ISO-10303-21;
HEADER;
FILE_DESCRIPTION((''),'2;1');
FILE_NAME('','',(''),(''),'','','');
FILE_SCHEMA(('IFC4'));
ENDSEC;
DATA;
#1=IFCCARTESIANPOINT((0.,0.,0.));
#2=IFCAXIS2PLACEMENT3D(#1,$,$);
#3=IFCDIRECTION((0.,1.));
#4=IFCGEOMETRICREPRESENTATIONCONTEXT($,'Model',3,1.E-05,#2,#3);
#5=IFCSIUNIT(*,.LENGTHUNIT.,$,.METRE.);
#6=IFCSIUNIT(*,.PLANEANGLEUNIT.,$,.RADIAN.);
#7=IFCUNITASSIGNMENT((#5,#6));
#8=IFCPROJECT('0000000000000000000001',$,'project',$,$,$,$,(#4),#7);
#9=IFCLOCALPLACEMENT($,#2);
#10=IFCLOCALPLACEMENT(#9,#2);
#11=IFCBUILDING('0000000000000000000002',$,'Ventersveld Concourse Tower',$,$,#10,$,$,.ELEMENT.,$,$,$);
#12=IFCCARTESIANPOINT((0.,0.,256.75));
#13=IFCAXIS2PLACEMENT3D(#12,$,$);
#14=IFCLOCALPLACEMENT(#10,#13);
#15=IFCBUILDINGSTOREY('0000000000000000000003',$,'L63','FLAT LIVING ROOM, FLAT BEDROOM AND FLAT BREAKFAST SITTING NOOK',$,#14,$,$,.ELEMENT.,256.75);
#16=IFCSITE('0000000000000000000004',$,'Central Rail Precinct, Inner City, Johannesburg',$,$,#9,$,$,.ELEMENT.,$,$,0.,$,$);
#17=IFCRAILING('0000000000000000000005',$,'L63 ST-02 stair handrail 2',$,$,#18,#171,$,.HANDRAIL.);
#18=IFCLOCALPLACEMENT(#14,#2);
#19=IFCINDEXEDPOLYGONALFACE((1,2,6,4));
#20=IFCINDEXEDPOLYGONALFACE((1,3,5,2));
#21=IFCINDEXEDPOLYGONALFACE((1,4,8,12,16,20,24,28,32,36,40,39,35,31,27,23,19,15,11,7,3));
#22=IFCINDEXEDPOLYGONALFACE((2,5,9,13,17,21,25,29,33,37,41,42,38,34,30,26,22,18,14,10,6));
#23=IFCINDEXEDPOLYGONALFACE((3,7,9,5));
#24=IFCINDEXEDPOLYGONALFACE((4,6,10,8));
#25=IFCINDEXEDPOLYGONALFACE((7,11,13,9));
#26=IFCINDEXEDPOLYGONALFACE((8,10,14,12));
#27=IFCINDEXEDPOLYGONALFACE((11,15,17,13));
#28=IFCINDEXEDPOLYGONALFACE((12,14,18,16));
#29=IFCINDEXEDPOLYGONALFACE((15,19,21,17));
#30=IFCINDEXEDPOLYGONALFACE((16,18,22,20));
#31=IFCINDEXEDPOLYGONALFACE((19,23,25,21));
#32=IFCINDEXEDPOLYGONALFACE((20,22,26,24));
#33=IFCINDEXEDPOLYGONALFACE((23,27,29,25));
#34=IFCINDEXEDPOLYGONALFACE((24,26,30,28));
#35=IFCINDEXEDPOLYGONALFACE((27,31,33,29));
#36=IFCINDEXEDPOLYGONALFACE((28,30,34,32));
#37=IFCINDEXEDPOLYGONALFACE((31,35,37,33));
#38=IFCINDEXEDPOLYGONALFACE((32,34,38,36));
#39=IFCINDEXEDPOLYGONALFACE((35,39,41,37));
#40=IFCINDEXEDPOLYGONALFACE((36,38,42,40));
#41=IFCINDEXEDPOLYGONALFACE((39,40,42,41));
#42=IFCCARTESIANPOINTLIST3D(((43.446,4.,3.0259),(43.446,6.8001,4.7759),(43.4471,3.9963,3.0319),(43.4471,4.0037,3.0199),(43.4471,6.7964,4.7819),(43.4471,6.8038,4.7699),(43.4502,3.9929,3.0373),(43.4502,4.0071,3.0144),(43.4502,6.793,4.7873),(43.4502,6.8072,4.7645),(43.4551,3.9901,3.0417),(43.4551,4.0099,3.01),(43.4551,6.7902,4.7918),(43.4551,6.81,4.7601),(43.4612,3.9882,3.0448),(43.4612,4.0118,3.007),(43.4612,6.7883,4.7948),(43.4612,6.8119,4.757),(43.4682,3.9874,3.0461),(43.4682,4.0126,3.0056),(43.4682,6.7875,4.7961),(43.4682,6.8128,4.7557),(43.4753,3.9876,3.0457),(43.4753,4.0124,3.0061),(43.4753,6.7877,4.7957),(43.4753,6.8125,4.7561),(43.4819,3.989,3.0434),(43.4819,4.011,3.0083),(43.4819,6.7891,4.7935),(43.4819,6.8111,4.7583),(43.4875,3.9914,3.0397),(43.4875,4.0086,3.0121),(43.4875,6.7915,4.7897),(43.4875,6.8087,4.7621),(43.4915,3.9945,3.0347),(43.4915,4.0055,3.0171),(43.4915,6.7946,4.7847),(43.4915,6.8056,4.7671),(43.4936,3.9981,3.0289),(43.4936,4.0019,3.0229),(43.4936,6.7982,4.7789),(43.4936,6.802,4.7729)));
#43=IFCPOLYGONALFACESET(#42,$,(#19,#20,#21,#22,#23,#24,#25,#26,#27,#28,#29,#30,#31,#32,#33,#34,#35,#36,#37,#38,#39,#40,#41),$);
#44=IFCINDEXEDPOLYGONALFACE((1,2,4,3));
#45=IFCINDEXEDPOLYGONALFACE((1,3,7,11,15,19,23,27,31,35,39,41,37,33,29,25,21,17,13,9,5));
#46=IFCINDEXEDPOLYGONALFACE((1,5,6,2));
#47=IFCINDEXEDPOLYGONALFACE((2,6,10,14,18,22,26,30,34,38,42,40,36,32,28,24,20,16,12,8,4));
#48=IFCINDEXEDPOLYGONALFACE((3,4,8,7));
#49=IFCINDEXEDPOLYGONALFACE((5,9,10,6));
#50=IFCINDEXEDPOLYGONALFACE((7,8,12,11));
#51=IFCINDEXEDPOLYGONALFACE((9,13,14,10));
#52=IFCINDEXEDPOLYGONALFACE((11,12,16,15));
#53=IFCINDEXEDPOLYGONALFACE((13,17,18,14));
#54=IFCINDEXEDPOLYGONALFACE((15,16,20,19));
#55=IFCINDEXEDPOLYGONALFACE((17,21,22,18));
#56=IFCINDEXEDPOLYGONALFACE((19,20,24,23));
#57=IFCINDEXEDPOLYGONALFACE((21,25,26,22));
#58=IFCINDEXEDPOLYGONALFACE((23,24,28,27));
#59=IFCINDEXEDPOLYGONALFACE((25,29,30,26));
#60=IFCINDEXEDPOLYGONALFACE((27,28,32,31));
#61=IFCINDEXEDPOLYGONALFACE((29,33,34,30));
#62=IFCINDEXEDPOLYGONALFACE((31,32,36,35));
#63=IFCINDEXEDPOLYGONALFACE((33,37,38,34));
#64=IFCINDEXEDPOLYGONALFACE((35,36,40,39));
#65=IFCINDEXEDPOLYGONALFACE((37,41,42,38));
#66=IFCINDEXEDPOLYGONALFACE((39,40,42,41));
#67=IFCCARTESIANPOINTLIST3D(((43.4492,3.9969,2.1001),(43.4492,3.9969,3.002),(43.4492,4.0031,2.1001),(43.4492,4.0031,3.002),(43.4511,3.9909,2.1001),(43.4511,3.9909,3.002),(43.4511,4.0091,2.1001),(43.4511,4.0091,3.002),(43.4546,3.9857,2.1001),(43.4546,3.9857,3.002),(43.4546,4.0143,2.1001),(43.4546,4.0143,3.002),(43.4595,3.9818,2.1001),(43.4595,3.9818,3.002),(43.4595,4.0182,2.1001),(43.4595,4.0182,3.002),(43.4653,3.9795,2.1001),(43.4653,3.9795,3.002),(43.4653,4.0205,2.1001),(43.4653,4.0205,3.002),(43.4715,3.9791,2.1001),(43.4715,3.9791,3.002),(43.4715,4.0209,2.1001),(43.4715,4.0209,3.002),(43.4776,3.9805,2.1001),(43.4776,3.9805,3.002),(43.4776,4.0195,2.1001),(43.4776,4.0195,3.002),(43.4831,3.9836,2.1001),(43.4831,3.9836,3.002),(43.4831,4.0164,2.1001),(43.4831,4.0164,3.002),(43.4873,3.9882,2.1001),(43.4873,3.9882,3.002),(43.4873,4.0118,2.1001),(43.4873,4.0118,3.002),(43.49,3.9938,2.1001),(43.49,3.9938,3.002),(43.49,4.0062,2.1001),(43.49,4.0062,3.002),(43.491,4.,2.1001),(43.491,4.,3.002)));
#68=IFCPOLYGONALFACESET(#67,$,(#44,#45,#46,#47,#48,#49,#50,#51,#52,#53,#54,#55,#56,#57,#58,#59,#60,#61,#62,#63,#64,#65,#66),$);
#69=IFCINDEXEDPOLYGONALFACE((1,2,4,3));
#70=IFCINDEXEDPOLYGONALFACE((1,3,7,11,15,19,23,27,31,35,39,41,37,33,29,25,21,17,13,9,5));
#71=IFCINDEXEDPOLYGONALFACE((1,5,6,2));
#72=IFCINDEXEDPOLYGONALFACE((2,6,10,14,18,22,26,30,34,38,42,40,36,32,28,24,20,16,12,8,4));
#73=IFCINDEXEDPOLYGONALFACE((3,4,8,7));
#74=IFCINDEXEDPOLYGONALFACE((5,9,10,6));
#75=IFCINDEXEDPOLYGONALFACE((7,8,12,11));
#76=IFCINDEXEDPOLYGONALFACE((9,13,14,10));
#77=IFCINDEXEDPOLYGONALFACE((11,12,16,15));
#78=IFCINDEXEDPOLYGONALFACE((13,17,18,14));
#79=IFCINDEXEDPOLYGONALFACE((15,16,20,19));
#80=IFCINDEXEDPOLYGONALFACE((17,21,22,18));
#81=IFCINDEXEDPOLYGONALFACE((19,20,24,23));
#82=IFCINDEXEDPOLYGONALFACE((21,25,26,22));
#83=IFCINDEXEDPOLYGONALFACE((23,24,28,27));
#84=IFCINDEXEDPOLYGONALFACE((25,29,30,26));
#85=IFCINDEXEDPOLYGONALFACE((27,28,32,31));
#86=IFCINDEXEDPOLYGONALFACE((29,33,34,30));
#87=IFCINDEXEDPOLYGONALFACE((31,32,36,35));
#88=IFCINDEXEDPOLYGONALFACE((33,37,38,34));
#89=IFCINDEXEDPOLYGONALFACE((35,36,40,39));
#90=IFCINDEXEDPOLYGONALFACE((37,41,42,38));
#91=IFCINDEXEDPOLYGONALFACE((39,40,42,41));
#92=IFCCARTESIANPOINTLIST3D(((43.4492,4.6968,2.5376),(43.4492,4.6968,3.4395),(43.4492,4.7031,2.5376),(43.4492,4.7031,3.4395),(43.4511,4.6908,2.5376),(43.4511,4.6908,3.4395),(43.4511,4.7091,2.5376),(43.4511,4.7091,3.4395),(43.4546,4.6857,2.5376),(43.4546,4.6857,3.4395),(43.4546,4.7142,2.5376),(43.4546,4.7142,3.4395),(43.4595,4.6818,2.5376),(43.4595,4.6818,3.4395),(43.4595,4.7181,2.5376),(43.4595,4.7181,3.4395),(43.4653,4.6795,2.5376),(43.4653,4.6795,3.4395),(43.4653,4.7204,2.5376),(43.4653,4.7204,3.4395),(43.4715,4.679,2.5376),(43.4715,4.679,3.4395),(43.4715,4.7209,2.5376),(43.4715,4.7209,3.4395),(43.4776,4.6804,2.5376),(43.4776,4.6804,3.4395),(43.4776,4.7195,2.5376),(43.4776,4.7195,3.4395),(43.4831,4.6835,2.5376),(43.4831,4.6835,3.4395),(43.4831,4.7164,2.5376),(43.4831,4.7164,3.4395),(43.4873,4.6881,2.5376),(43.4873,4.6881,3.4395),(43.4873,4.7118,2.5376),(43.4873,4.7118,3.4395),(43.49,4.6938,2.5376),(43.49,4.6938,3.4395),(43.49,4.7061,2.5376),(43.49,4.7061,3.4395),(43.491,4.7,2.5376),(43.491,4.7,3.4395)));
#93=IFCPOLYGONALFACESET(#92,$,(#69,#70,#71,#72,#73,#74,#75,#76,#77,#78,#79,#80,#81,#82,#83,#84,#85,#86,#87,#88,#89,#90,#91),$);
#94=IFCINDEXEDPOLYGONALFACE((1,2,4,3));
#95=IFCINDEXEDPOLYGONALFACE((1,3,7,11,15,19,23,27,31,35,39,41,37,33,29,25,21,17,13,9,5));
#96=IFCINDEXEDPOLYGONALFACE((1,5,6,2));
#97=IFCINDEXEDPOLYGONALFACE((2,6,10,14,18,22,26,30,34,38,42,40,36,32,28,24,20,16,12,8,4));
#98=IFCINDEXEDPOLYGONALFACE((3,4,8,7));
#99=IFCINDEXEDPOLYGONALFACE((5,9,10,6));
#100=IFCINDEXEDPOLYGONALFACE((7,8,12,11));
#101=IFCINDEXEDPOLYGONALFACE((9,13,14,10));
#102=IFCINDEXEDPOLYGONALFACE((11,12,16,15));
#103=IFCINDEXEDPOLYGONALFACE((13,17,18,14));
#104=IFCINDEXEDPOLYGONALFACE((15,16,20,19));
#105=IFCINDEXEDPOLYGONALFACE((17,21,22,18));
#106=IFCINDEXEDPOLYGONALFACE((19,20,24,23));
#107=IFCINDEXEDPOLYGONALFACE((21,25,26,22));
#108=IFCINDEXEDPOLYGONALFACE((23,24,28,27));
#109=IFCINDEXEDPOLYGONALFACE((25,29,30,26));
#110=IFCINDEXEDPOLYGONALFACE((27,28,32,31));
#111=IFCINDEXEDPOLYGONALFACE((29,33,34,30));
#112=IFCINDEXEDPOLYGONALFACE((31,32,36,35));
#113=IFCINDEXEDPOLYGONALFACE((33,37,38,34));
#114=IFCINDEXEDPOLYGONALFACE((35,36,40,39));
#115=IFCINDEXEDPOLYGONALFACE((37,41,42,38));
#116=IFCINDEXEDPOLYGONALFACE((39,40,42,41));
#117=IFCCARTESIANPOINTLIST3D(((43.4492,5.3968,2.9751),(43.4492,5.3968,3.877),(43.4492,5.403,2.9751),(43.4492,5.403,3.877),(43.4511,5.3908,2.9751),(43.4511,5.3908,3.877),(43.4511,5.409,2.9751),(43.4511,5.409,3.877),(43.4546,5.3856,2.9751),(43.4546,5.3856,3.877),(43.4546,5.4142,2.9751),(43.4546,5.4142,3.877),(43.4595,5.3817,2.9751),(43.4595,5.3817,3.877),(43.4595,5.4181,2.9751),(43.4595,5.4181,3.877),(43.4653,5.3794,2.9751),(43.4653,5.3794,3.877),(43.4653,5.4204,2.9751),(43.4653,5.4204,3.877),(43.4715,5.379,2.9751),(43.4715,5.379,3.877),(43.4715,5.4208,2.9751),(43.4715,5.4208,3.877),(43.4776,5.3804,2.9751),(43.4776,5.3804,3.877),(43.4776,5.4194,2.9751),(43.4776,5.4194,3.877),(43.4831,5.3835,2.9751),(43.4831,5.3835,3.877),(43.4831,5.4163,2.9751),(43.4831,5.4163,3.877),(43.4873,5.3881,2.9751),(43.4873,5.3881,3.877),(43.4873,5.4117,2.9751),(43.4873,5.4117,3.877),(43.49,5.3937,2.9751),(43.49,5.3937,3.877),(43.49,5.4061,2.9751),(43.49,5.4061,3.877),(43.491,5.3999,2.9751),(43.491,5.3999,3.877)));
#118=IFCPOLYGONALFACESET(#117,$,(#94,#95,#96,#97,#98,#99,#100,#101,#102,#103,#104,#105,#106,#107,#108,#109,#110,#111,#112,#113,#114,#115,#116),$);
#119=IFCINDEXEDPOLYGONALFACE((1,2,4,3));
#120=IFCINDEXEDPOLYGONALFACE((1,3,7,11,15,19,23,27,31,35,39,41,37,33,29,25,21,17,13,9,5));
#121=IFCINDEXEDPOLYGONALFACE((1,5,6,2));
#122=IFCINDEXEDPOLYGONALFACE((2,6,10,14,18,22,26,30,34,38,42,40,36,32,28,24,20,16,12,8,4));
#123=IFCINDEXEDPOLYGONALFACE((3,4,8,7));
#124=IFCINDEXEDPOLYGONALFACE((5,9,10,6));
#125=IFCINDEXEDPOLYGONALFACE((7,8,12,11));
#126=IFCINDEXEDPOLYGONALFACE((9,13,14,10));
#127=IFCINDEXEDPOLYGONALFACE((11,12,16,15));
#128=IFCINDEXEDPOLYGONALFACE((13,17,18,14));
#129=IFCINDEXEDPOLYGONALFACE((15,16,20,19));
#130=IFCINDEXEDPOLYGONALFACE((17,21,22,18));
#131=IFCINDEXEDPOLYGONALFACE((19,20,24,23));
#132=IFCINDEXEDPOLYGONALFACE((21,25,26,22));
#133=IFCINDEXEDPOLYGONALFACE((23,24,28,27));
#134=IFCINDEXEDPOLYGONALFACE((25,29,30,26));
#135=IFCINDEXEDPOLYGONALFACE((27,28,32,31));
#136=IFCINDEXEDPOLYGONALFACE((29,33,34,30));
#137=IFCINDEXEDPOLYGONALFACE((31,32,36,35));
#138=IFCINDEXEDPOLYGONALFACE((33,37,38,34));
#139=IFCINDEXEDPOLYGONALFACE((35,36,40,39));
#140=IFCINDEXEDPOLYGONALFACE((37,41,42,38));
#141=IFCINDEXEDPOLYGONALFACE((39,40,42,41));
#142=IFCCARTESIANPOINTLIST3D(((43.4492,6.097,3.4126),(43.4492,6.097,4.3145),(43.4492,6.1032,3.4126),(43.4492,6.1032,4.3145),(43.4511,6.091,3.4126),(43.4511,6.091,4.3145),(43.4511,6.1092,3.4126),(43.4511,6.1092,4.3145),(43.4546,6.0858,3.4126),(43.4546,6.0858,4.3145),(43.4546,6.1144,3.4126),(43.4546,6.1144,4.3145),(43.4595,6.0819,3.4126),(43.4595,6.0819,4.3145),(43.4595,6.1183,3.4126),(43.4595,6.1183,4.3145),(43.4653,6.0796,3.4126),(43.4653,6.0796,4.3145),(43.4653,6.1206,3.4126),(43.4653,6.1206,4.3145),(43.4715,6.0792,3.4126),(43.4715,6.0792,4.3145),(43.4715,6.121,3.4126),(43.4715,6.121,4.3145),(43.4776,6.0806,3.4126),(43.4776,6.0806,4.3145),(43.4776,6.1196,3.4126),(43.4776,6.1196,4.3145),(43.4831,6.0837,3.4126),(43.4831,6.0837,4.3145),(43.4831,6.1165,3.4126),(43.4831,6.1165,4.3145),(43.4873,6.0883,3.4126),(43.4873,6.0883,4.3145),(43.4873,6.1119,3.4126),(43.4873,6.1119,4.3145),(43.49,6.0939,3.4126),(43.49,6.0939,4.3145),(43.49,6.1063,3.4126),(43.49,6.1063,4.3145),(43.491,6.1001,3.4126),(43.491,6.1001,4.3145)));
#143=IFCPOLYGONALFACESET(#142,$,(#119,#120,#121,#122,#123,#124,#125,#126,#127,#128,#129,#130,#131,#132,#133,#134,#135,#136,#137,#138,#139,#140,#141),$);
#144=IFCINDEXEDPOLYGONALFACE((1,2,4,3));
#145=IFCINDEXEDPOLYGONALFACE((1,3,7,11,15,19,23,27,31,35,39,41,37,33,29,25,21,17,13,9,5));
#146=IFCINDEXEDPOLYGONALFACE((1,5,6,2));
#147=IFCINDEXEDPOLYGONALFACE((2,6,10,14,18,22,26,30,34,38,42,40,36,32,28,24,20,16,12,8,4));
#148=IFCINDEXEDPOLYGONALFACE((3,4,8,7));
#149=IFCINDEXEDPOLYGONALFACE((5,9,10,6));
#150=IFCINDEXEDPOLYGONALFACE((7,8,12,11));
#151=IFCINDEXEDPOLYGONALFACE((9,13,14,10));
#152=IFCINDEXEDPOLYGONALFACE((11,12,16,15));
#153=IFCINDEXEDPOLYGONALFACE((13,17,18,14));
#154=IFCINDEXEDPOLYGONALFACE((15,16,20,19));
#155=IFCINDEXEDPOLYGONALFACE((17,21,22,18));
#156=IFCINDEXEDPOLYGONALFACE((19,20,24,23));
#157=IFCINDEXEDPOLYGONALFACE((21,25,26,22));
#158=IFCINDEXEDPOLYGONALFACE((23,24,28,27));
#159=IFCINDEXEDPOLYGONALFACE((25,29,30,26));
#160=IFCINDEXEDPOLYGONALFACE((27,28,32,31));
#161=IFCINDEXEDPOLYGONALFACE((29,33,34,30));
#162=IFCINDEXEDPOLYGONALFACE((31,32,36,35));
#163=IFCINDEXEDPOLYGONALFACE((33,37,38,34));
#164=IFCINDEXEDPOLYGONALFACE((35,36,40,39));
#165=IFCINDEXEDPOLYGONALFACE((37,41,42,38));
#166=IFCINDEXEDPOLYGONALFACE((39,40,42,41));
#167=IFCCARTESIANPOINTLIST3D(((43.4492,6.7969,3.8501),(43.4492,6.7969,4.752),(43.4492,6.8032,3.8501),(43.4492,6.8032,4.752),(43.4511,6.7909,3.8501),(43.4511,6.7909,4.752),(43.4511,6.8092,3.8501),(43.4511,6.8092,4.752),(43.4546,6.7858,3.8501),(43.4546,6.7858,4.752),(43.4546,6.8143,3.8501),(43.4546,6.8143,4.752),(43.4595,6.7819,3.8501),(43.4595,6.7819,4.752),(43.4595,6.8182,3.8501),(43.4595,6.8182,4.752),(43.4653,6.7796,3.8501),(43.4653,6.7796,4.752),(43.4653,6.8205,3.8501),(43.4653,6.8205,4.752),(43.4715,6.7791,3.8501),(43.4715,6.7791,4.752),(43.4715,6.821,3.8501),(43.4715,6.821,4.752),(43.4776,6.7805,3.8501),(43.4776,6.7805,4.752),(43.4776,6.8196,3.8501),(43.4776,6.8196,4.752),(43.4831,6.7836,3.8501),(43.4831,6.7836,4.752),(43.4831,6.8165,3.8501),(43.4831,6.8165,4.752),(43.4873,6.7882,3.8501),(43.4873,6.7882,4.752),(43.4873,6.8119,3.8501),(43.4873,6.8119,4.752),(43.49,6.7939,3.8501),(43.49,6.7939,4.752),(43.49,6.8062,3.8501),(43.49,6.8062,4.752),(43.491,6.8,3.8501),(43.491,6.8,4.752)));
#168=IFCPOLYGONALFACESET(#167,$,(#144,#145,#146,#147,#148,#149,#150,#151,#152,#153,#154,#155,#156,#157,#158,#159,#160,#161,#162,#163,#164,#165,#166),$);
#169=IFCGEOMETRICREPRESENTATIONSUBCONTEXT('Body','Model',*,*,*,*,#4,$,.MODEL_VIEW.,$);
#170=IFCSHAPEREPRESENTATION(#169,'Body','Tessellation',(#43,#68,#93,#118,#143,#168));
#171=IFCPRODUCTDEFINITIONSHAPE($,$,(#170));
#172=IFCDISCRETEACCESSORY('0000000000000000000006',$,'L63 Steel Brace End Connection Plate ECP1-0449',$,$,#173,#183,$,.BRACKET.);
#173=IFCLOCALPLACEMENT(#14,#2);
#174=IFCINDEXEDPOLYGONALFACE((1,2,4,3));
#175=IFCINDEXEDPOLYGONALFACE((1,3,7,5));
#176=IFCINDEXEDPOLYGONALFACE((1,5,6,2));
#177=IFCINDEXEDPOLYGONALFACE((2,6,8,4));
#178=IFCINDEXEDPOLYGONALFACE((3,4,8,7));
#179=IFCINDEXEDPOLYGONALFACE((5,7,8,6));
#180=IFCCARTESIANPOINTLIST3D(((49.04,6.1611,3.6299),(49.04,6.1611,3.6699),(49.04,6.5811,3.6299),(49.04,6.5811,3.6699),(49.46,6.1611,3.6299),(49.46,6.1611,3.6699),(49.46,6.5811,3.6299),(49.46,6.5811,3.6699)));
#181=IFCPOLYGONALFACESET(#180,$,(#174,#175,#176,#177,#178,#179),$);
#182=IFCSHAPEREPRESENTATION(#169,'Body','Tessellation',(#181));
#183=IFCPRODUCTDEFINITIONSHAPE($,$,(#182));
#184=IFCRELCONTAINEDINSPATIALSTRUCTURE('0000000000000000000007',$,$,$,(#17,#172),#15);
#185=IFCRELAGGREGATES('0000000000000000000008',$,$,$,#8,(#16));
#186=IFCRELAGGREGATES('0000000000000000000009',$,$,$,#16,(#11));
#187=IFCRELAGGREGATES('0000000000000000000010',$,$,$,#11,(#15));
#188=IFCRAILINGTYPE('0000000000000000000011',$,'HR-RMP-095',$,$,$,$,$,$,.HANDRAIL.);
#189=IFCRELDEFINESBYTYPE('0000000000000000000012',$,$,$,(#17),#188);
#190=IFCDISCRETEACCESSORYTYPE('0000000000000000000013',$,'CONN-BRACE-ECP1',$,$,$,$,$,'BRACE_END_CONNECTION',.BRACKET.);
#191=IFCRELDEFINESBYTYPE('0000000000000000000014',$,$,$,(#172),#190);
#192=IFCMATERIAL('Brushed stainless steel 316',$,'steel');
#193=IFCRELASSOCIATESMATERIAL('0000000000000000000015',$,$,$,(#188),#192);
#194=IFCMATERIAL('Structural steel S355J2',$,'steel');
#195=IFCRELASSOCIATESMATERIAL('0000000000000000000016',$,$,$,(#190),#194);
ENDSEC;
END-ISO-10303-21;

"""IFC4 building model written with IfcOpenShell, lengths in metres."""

from ifc_helpers import new_model, si_unit, direction, frame, origin, origin_2d, place, context, subcontext, project, spatial, rectangle, circle, extrude, material, type_object, element, save


model = new_model("IFC4")

# Units and contexts
model_context = context("Model", 3, precision=1e-05, world=origin(), true_north=direction((0.0, 1.0)))
body_context = subcontext(model_context, "Body", "Model", "MODEL_VIEW")
ifc_project = project(units=[si_unit("LENGTHUNIT", "METRE"), si_unit("PLANEANGLEUNIT", "RADIAN")], contexts=[model_context])

# Site, building, storey
site_placement = place(None, origin())
site = spatial("IfcSite", under=ifc_project, at=site_placement, Name="Central Rail Precinct, Inner City, Johannesburg", CompositionType="ELEMENT", RefElevation=0.0)
building_placement = place(site_placement, origin())
building = spatial("IfcBuilding", under=site, at=building_placement, Name="Ventersveld Concourse Tower", CompositionType="ELEMENT")
storey_placement = place(building_placement, frame((0.0, 0.0, 256.75)))
storey = spatial("IfcBuildingStorey", under=building, at=storey_placement, Name="L63", Description="FLAT LIVING ROOM, FLAT BEDROOM AND FLAT BREAKFAST SITTING NOOK", CompositionType="ELEMENT", Elevation=256.75)

# Shared definitions
ifc_material_1 = material(Name="Structural steel S355J2", Category="steel")

# Shared definitions
ifc_material_2 = material(Name="Brushed stainless steel 316", Category="steel")

# Railing
railing_type_1 = type_object("IfcRailingType", Name="HR-RMP-095", PredefinedType="HANDRAIL", material=ifc_material_2)
railing_1_placement = place(storey_placement, frame((43.47, 4.0, 2.1001)))
element("IfcRailing", 1, at=railing_1_placement, inside=storey, type_object=railing_type_1, Name="L63 ST-02 stair handrail 2", PredefinedType="HANDRAIL", context=body_context, shape_type="SweptSolid", body=[
    extrude(circle(Radius=0.0239, at=origin_2d()), frame((0.0, 0.0, 0.9258), z_axis=(0.0, 0.848002, 0.529992), x_axis=(-1.0, 0.0, 0.0)), (0.0, 0.0, 1.0), 3.302),
    extrude(circle(Radius=0.021, at=origin_2d()), origin(), (0.0, 0.0, 1.0), 0.9019),
    extrude(circle(Radius=0.021, at=origin_2d()), frame((0.0, 0.7, 0.4375)), (0.0, 0.0, 1.0), 0.9019),
    extrude(circle(Radius=0.021, at=origin_2d()), frame((0.0, 1.3999, 0.875)), (0.0, 0.0, 1.0), 0.9019),
    extrude(circle(Radius=0.021, at=origin_2d()), frame((0.0, 2.1001, 1.3125)), (0.0, 0.0, 1.0), 0.9019),
    extrude(circle(Radius=0.021, at=origin_2d()), frame((0.0, 2.8, 1.75)), (0.0, 0.0, 1.0), 0.9019),
])

# Discrete accessory
discrete_accessory_type = type_object("IfcDiscreteAccessoryType", Name="CONN-BRACE-ECP1", ElementType="BRACE_END_CONNECTION", PredefinedType="BRACKET", material=ifc_material_1)
discrete_accessory_placement = place(storey_placement, frame((49.25, 6.3711, 3.6299), z_axis=(0.0, 0.0, 1.0), x_axis=(1.0, 0.0, 0.0)))
element("IfcDiscreteAccessory", 2, at=discrete_accessory_placement, inside=storey, type_object=discrete_accessory_type, Name="L63 Steel Brace End Connection Plate ECP1-0449", PredefinedType="BRACKET", context=body_context, shape_type="SweptSolid", body=[
    extrude(rectangle(XDim=0.4199, YDim=0.4199, at=origin_2d()), origin(), (0.0, 0.0, 1.0), 0.04),
])

save(model, "model.ifc")
